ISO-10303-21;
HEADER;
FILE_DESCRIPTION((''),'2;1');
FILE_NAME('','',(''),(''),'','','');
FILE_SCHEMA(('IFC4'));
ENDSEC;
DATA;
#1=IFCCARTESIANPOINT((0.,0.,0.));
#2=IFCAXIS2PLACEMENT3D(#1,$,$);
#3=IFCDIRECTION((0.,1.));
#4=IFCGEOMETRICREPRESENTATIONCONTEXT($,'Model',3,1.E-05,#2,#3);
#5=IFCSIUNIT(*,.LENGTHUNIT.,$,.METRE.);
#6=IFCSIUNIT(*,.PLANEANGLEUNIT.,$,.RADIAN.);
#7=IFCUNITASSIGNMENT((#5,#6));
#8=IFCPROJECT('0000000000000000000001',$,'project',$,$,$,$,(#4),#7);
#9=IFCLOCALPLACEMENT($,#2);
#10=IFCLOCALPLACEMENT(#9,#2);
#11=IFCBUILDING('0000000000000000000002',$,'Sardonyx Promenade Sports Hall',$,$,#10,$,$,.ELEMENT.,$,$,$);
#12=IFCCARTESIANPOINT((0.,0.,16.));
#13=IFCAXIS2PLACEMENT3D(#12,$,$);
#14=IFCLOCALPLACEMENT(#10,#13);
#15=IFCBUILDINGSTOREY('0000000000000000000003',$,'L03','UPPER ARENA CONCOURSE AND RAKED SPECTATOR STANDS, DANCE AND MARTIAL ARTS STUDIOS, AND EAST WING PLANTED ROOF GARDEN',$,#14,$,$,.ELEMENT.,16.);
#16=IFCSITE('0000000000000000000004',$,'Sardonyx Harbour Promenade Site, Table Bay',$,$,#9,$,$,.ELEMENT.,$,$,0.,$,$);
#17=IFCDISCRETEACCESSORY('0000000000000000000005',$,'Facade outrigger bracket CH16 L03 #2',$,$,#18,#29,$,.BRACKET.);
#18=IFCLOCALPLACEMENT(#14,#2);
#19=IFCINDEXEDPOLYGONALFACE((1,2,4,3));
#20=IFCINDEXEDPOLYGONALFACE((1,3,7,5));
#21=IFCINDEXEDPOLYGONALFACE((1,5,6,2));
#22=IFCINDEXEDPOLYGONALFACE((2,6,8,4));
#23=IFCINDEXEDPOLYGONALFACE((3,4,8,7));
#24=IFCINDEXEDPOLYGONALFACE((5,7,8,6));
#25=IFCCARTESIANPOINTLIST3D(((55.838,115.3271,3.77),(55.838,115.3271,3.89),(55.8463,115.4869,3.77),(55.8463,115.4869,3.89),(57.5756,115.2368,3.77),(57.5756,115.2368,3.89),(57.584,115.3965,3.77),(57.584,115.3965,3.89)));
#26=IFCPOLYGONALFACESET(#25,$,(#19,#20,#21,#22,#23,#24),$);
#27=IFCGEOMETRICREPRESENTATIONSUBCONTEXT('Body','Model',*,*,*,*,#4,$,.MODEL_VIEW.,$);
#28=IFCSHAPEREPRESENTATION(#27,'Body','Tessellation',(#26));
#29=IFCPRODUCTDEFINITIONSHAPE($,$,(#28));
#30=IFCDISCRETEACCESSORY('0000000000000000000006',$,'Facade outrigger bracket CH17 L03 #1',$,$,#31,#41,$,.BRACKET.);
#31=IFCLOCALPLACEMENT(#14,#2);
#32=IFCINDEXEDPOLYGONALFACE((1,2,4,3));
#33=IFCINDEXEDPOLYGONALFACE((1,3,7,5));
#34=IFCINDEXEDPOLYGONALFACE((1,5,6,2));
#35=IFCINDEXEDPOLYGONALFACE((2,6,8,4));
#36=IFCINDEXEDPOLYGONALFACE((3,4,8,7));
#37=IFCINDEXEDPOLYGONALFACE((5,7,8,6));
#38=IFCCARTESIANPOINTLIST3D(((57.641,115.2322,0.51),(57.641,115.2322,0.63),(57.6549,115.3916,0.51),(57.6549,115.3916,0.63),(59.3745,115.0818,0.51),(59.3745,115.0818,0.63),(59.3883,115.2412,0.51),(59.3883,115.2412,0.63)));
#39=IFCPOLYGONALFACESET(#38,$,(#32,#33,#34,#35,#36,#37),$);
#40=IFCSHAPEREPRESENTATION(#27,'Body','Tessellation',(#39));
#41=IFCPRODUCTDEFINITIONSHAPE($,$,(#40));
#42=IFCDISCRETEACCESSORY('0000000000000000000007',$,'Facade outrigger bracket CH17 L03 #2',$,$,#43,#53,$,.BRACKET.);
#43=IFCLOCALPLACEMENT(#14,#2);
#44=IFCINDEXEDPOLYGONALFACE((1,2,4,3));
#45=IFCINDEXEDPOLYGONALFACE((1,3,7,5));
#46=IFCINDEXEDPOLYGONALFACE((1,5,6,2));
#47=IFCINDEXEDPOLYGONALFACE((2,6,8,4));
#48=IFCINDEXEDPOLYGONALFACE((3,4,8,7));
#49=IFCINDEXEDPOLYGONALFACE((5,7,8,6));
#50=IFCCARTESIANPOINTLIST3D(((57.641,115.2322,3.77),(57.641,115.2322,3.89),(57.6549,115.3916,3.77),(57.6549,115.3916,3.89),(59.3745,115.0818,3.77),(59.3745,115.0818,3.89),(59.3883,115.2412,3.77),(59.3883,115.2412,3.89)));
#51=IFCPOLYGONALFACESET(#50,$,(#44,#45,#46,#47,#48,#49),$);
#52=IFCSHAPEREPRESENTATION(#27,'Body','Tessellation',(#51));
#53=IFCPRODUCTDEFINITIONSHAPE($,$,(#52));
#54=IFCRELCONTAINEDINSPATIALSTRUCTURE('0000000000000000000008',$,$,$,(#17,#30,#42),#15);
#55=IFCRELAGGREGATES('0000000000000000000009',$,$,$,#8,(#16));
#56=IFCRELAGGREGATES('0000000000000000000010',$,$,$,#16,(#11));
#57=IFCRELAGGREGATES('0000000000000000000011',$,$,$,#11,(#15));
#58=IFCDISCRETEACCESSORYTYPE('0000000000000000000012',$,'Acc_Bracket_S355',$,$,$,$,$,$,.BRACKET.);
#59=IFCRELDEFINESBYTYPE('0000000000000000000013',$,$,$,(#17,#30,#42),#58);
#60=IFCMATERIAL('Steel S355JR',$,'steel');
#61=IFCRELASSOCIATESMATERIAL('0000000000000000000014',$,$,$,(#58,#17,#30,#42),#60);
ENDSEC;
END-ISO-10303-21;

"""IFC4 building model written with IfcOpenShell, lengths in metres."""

from ifc_helpers import new_model, si_unit, direction, frame, origin, place, context, subcontext, project, spatial, rectangle, extrude, material, type_object, element, save


model = new_model("IFC4")

# Units and contexts
model_context = context("Model", 3, precision=1e-05, world=origin(), true_north=direction((0.0, 1.0)))
body_context = subcontext(model_context, "Body", "Model", "MODEL_VIEW")
ifc_project = project(units=[si_unit("LENGTHUNIT", "METRE"), si_unit("PLANEANGLEUNIT", "RADIAN")], contexts=[model_context])

# Site, building, storey
site_placement = place(None, origin())
site = spatial("IfcSite", under=ifc_project, at=site_placement, Name="Sardonyx Harbour Promenade Site, Table Bay", CompositionType="ELEMENT", RefElevation=0.0)
building_placement = place(site_placement, origin())
building = spatial("IfcBuilding", under=site, at=building_placement, Name="Sardonyx Promenade Sports Hall", CompositionType="ELEMENT")
storey_placement = place(building_placement, frame((0.0, 0.0, 16.0)))
storey = spatial("IfcBuildingStorey", under=building, at=storey_placement, Name="L03", Description="UPPER ARENA CONCOURSE AND RAKED SPECTATOR STANDS, DANCE AND MARTIAL ARTS STUDIOS, AND EAST WING PLANTED ROOF GARDEN", CompositionType="ELEMENT", Elevation=16.0)

# Discrete accessories
ifc_material_1 = material(Name="Steel S355JR", Category="steel")
discrete_accessory_type = type_object("IfcDiscreteAccessoryType", Name="Acc_Bracket_S355", PredefinedType="BRACKET", material=ifc_material_1)
for number, where, z_axis, x_axis, name in (
    (1, (56.711, 115.3618, 3.77), (0.0, 0.0, 1.0), (0.998652, -0.051902, 0.0), "Facade outrigger bracket CH16 L03 #2"),
    (2, (58.5147, 115.2367, 0.51), (0.0, 0.0, 1.0), (0.996258, -0.086434, 0.0), "Facade outrigger bracket CH17 L03 #1"),
    (3, (58.5147, 115.2367, 3.77), (0.0, 0.0, 1.0), (0.996258, -0.086434, 0.0), "Facade outrigger bracket CH17 L03 #2"),
):
    element("IfcDiscreteAccessory", number, at=place(storey_placement, frame(where, z_axis=z_axis, x_axis=x_axis)), inside=storey, type_object=discrete_accessory_type, material=ifc_material_1, Name=name, PredefinedType="BRACKET", context=body_context, shape_type="SweptSolid", body=[
        extrude(rectangle(XDim=1.74, YDim=0.16), origin(), (0.0, 0.0, 1.0), 0.12),
    ])

save(model, "model.ifc")
